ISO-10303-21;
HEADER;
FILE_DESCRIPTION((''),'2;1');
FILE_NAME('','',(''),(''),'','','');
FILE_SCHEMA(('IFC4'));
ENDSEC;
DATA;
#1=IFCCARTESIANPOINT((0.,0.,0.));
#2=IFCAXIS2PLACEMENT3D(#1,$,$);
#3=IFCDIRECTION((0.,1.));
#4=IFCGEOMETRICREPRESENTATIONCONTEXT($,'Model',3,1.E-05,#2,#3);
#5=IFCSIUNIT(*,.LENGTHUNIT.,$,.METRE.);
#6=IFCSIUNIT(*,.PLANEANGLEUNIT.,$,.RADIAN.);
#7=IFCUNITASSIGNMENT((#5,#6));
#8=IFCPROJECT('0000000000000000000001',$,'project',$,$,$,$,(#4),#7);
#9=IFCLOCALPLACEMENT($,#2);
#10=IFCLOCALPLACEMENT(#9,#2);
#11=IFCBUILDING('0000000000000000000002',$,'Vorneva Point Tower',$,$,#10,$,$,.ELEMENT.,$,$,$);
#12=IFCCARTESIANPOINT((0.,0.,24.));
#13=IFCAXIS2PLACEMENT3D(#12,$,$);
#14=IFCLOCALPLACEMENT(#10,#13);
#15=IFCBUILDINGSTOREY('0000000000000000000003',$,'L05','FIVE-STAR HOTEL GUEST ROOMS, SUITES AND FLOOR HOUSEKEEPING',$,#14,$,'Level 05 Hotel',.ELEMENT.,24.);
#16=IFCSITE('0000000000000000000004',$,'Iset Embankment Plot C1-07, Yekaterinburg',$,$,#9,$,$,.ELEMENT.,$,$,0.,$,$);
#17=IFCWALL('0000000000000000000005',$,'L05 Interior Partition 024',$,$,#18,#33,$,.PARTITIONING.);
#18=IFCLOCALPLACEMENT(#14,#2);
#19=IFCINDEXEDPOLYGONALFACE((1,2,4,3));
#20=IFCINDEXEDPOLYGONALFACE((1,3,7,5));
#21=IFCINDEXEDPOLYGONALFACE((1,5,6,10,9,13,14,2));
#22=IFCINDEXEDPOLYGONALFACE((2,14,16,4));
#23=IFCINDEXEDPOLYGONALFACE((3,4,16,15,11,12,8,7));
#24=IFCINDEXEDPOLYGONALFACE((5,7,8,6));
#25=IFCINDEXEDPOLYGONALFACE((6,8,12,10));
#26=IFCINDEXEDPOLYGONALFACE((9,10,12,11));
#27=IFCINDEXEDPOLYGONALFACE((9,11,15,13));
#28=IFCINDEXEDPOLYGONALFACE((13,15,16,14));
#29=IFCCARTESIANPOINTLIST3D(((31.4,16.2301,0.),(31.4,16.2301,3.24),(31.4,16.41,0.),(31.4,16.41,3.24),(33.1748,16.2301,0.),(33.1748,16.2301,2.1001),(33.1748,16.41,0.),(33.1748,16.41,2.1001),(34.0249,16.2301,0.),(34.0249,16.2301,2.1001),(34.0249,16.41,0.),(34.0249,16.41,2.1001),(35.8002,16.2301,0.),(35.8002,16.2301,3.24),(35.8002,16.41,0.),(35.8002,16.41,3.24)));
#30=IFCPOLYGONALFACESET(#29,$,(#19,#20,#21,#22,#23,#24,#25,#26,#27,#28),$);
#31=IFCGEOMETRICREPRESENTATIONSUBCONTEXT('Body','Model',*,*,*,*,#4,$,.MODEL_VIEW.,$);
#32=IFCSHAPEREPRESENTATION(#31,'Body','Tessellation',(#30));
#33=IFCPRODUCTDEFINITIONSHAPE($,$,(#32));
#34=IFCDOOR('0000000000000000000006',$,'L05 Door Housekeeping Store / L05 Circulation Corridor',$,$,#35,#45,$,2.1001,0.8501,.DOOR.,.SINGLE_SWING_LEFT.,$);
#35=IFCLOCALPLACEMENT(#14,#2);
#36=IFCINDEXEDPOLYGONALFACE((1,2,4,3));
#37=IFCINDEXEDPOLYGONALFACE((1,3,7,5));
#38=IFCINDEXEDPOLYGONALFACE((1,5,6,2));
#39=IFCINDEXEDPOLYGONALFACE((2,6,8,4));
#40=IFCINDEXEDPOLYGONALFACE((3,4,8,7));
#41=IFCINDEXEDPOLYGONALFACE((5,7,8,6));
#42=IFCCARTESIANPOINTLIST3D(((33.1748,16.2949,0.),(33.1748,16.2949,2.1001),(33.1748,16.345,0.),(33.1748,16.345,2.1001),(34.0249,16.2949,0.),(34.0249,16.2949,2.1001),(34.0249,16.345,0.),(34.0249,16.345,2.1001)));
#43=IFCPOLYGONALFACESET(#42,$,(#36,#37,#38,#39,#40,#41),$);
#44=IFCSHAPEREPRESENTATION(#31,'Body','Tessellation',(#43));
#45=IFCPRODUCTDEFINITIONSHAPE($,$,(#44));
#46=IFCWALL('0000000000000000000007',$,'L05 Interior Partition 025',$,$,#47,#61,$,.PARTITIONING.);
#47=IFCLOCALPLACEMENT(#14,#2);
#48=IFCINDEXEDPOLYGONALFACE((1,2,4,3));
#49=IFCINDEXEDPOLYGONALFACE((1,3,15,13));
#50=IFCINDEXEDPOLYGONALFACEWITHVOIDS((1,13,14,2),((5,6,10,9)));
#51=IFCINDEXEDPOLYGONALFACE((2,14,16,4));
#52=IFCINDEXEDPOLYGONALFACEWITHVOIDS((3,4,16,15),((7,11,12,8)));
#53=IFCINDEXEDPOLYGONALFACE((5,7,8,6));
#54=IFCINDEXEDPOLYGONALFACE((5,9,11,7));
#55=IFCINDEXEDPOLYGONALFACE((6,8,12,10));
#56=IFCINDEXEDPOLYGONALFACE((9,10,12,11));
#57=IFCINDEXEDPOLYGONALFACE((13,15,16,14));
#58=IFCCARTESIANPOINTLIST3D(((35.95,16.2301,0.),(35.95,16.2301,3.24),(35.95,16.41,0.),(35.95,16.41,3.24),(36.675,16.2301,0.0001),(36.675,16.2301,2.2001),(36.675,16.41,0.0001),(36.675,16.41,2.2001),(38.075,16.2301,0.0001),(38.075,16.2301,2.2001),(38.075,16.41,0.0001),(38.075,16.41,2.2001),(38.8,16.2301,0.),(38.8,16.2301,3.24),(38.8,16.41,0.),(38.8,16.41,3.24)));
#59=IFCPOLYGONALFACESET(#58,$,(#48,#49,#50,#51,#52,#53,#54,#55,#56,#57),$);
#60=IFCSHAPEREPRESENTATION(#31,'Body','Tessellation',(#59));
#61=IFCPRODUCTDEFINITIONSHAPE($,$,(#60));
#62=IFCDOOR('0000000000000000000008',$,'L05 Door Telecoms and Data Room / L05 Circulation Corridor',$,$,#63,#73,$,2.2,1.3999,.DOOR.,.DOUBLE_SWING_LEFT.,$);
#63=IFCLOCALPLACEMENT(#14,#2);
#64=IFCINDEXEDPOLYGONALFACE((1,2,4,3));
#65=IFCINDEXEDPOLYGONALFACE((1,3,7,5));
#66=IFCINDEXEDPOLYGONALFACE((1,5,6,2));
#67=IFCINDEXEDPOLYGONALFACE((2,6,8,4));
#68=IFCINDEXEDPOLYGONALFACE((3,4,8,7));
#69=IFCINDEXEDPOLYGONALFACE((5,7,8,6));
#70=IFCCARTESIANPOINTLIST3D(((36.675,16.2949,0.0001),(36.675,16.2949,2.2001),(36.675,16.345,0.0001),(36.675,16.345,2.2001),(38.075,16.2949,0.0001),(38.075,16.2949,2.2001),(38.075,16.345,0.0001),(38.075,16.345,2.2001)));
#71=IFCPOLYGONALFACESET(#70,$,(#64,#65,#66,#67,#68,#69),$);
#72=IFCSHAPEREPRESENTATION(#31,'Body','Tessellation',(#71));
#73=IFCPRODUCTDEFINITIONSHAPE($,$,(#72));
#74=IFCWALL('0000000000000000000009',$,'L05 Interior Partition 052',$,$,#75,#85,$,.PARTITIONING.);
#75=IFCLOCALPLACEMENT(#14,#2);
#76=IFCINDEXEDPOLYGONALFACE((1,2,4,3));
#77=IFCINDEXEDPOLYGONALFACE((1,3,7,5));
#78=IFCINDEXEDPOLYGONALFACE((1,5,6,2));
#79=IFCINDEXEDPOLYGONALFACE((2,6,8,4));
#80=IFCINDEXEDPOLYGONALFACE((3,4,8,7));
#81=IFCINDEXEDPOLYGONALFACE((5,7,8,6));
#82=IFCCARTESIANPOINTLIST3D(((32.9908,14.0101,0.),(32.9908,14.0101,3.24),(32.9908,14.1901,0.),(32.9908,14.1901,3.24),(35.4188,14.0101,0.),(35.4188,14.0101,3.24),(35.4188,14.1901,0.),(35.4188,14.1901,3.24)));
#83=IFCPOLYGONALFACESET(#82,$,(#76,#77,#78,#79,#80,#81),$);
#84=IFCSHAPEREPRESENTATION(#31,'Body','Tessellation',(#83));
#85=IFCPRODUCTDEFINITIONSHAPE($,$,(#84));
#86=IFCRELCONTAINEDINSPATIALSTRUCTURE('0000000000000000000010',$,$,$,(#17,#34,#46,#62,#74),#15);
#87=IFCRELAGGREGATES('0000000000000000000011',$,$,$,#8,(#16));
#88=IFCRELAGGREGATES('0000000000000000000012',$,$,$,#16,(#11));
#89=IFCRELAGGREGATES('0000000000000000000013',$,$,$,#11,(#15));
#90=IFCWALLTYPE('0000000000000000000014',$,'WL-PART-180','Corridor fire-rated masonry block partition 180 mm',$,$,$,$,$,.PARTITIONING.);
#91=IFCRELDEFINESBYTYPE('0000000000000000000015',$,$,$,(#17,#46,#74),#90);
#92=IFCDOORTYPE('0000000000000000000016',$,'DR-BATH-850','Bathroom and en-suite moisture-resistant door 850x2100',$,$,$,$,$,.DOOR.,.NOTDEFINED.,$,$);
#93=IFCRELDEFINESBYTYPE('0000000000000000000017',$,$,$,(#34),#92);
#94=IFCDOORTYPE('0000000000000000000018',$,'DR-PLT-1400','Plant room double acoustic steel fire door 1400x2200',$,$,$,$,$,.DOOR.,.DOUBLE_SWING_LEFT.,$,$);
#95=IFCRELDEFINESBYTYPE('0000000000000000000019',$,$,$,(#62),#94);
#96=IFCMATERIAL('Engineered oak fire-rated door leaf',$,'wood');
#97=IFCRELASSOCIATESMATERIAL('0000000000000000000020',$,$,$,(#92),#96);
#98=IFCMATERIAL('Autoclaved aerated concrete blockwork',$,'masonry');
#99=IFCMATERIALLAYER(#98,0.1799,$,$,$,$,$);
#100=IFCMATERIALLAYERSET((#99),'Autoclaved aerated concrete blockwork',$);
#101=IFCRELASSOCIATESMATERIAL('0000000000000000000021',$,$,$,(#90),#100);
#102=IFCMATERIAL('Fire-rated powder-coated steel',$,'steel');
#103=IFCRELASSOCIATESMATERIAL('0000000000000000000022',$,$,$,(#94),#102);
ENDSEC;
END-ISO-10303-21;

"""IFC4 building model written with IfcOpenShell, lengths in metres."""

from ifc_helpers import new_model, si_unit, direction, frame, frame_2d, origin, place, context, subcontext, project, spatial, rectangle, extrude, material, layer, layer_set, type_object, element, fill, save


model = new_model("IFC4")

# Units and contexts
model_context = context("Model", 3, precision=1e-05, world=origin(), true_north=direction((0.0, 1.0)))
body_context = subcontext(model_context, "Body", "Model", "MODEL_VIEW")
ifc_project = project(units=[si_unit("LENGTHUNIT", "METRE"), si_unit("PLANEANGLEUNIT", "RADIAN")], contexts=[model_context])

# Site, building, storey
site_placement = place(None, origin())
site = spatial("IfcSite", under=ifc_project, at=site_placement, Name="Iset Embankment Plot C1-07, Yekaterinburg", CompositionType="ELEMENT", RefElevation=0.0)
building_placement = place(site_placement, origin())
building = spatial("IfcBuilding", under=site, at=building_placement, Name="Vorneva Point Tower", CompositionType="ELEMENT")
storey_placement = place(building_placement, frame((0.0, 0.0, 24.0)))
storey = spatial("IfcBuildingStorey", under=building, at=storey_placement, Name="L05", Description="FIVE-STAR HOTEL GUEST ROOMS, SUITES AND FLOOR HOUSEKEEPING", LongName="Level 05 Hotel", CompositionType="ELEMENT", Elevation=24.0)

# Shared definitions
ifc_material_1 = material(Name="Engineered oak fire-rated door leaf", Category="wood")
door_type_1 = type_object("IfcDoorType", Name="DR-BATH-850", Description="Bathroom and en-suite moisture-resistant door 850x2100", OperationType="NOTDEFINED", PredefinedType="DOOR", material=ifc_material_1)

# Shared definitions
ifc_material_2 = material(Name="Autoclaved aerated concrete blockwork", Category="masonry")
ifc_layer_1 = layer(ifc_material_2, 0.1799)
ifc_layer_set_1 = layer_set([ifc_layer_1], Name="Autoclaved aerated concrete blockwork")
wall_type_1 = type_object("IfcWallType", Name="WL-PART-180", Description="Corridor fire-rated masonry block partition 180 mm", PredefinedType="PARTITIONING", material=ifc_layer_set_1)

# Walls, openings, doors
wall_1_placement = place(storey_placement, frame((31.3999, 16.3201, 0.0), z_axis=(0.0, 0.0, 1.0), x_axis=(1.0, 0.0, 0.0)))
wall_1 = element("IfcWall", 1, at=wall_1_placement, inside=storey, type_object=wall_type_1, Name="L05 Interior Partition 024", PredefinedType="PARTITIONING", context=body_context, shape_type="SweptSolid", body=[
    extrude(rectangle(XDim=4.4001, YDim=0.1799, at=frame_2d((2.2002, 0.0))), origin(), (0.0, 0.0, 1.0), 3.24),
])
opening_1_placement = place(wall_1_placement, frame((1.7749, 0.0, 0.0)))
opening_1 = element("IfcOpeningElement", 2, at=opening_1_placement, cuts=wall_1, PredefinedType="OPENING", context=body_context, shape_type="SweptSolid", body=[
    extrude(rectangle(XDim=0.8501, YDim=2.1001, at=frame_2d((0.425, 1.05))), frame((0.0, 0.105, 0.0), z_axis=(0.0, -1.0, 0.0), x_axis=(1.0, 0.0, 0.0)), (0.0, 0.0, 1.0), 0.2097),
])
door_1_placement = place(opening_1_placement, origin())
door_1 = element("IfcDoor", 3, at=door_1_placement, inside=storey, type_object=door_type_1, Name="L05 Door Housekeeping Store / L05 Circulation Corridor", OperationType="SINGLE_SWING_LEFT", OverallHeight=2.1001, OverallWidth=0.8501, PredefinedType="DOOR", context=body_context, shape_type="SweptSolid", body=[
    extrude(rectangle(XDim=0.8501, YDim=2.1001, at=frame_2d((0.425, 1.05))), frame((0.0, 0.0249, 0.0), z_axis=(0.0, -1.0, 0.0), x_axis=(1.0, 0.0, 0.0)), (0.0, 0.0, 1.0), 0.05),
])
fill(opening_1, door_1)
wall_2_placement = place(storey_placement, frame((35.95, 16.3201, 0.0), z_axis=(0.0, 0.0, 1.0), x_axis=(1.0, 0.0, 0.0)))
wall_2 = element("IfcWall", 4, at=wall_2_placement, inside=storey, type_object=wall_type_1, Name="L05 Interior Partition 025", PredefinedType="PARTITIONING", context=body_context, shape_type="SweptSolid", body=[
    extrude(rectangle(XDim=2.8501, YDim=0.1799, at=frame_2d((1.425, 0.0))), origin(), (0.0, 0.0, 1.0), 3.24),
])
opening_2_placement = place(wall_2_placement, frame((0.7251, 0.0, 0.0)))
opening_2 = element("IfcOpeningElement", 5, at=opening_2_placement, cuts=wall_2, PredefinedType="OPENING", context=body_context, shape_type="SweptSolid", body=[
    extrude(rectangle(XDim=1.3999, YDim=2.2, at=frame_2d((0.7, 1.1001))), frame((0.0, 0.105, 0.0), z_axis=(0.0, -1.0, 0.0), x_axis=(1.0, 0.0, 0.0)), (0.0, 0.0, 1.0), 0.2097),
])
ifc_material_3 = material(Name="Fire-rated powder-coated steel", Category="steel")
door_type_2 = type_object("IfcDoorType", Name="DR-PLT-1400", Description="Plant room double acoustic steel fire door 1400x2200", OperationType="DOUBLE_SWING_LEFT", PredefinedType="DOOR", material=ifc_material_3)
door_2_placement = place(opening_2_placement, origin())
door_2 = element("IfcDoor", 6, at=door_2_placement, inside=storey, type_object=door_type_2, Name="L05 Door Telecoms and Data Room / L05 Circulation Corridor", OperationType="DOUBLE_SWING_LEFT", OverallHeight=2.2, OverallWidth=1.3999, PredefinedType="DOOR", context=body_context, shape_type="SweptSolid", body=[
    extrude(rectangle(XDim=1.3999, YDim=2.2, at=frame_2d((0.7, 1.1001))), frame((0.0, 0.0249, 0.0), z_axis=(0.0, -1.0, 0.0), x_axis=(1.0, 0.0, 0.0)), (0.0, 0.0, 1.0), 0.05),
])
fill(opening_2, door_2)

# Wall
wall_3_placement = place(storey_placement, frame((32.991, 14.1001, 0.0), z_axis=(0.0, 0.0, 1.0), x_axis=(1.0, 0.0, 0.0)))
element("IfcWall", 7, at=wall_3_placement, inside=storey, type_object=wall_type_1, Name="L05 Interior Partition 052", PredefinedType="PARTITIONING", context=body_context, shape_type="SweptSolid", body=[
    extrude(rectangle(XDim=2.428, YDim=0.1799, at=frame_2d((1.2139, 0.0))), origin(), (0.0, 0.0, 1.0), 3.24),
])

save(model, "model.ifc")
